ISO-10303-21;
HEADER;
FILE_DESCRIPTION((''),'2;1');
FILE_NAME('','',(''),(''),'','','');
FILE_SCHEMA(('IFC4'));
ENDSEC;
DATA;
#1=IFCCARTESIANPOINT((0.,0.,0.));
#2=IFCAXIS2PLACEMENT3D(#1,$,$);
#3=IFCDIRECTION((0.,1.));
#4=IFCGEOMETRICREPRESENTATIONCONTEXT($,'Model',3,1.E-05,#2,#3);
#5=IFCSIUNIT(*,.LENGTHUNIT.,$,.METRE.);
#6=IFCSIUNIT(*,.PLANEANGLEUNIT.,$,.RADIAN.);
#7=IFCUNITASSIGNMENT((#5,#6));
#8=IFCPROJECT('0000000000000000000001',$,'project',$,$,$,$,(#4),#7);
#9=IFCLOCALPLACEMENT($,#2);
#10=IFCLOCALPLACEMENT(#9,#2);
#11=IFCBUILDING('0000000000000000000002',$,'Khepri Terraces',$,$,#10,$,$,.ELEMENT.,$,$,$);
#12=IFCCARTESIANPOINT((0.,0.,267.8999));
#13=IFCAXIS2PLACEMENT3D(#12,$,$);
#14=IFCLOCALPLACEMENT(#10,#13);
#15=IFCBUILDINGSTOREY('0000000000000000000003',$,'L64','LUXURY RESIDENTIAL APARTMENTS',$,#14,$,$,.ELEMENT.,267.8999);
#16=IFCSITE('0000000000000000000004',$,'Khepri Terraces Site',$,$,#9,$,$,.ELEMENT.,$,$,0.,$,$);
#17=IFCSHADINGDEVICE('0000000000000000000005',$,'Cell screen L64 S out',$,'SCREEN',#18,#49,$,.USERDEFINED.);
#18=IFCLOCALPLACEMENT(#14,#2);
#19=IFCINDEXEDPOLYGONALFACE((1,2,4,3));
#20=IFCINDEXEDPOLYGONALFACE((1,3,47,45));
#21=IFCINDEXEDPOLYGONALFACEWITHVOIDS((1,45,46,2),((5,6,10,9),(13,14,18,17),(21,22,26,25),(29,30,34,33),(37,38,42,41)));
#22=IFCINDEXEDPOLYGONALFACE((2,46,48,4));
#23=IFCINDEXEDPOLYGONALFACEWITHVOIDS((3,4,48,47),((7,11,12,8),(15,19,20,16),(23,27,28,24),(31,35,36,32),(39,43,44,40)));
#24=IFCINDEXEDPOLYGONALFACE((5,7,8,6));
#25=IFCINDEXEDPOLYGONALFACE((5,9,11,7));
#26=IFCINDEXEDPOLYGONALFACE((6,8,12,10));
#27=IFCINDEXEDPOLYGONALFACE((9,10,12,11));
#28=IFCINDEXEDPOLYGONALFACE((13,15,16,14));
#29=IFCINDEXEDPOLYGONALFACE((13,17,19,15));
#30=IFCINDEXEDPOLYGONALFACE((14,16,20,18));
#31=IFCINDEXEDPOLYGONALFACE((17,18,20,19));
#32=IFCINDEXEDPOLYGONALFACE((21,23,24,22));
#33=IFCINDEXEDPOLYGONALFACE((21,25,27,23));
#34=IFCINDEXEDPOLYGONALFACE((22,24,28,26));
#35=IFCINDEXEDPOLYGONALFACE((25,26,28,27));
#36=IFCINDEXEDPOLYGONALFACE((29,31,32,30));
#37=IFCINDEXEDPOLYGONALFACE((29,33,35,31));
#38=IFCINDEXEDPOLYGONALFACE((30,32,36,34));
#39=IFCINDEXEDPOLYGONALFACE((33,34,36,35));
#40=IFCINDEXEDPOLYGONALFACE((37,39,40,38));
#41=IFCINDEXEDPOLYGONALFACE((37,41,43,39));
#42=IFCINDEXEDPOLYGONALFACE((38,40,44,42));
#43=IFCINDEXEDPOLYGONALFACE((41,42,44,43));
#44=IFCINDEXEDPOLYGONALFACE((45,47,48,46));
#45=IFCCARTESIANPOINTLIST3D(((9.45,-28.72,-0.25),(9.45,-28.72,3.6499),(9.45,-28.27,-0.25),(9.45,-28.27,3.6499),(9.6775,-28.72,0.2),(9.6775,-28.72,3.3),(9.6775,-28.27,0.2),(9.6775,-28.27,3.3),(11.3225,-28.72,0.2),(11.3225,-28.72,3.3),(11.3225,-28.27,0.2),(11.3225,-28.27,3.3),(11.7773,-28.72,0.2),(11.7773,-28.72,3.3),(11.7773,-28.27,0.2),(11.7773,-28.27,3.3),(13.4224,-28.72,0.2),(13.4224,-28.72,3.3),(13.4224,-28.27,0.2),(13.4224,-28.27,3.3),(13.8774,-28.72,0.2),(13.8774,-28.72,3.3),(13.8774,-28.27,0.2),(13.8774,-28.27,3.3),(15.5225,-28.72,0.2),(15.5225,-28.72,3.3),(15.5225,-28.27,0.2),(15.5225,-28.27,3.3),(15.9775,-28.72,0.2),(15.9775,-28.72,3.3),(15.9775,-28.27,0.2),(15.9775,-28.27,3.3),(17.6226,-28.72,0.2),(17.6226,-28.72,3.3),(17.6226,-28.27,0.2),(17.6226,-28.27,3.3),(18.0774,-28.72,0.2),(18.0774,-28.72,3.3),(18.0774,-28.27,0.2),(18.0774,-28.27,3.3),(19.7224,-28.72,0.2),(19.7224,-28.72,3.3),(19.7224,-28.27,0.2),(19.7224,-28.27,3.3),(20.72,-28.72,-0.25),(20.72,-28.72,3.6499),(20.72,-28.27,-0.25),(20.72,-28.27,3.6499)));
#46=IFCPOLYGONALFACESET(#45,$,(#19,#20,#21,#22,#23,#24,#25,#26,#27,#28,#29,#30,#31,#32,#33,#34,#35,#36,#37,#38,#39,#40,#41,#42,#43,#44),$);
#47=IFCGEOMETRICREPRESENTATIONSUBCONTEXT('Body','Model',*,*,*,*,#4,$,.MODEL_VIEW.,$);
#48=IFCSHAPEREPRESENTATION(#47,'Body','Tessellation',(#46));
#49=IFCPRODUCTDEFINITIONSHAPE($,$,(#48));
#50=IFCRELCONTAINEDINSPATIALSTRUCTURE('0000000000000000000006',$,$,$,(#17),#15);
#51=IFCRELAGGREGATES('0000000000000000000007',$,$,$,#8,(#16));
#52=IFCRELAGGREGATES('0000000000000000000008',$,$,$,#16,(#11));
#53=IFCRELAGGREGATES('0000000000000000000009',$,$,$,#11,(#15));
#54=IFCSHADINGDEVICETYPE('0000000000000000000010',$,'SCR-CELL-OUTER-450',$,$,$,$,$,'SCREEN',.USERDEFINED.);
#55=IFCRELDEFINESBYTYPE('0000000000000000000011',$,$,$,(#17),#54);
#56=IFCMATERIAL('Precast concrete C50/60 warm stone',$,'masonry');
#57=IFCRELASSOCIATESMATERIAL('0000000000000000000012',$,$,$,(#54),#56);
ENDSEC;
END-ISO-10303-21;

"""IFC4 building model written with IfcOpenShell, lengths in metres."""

from ifc_helpers import new_model, si_unit, direction, frame, origin, place, context, subcontext, project, spatial, polyline, outline, extrude, material, type_object, element, save


model = new_model("IFC4")

# Units and contexts
model_context = context("Model", 3, precision=1e-05, world=origin(), true_north=direction((0.0, 1.0)))
body_context = subcontext(model_context, "Body", "Model", "MODEL_VIEW")
ifc_project = project(units=[si_unit("LENGTHUNIT", "METRE"), si_unit("PLANEANGLEUNIT", "RADIAN")], contexts=[model_context])

# Site, building, storey
site_placement = place(None, origin())
site = spatial("IfcSite", under=ifc_project, at=site_placement, Name="Khepri Terraces Site", CompositionType="ELEMENT", RefElevation=0.0)
building_placement = place(site_placement, origin())
building = spatial("IfcBuilding", under=site, at=building_placement, Name="Khepri Terraces", CompositionType="ELEMENT")
storey_placement = place(building_placement, frame((0.0, 0.0, 267.8999)))
storey = spatial("IfcBuildingStorey", under=building, at=storey_placement, Name="L64", Description="LUXURY RESIDENTIAL APARTMENTS", CompositionType="ELEMENT", Elevation=267.8999)

# Shading device
ifc_material_1 = material(Name="Precast concrete C50/60 warm stone", Category="masonry")
shading_device_type_1 = type_object("IfcShadingDeviceType", Name="SCR-CELL-OUTER-450", ElementType="SCREEN", PredefinedType="USERDEFINED", material=ifc_material_1)
shading_device_1_placement = place(storey_placement, frame((9.45, -28.27, -0.25), z_axis=(0.0, -1.0, 0.0), x_axis=(1.0, 0.0, 0.0)))
element("IfcShadingDevice", 1, at=shading_device_1_placement, inside=storey, type_object=shading_device_type_1, Name="Cell screen L64 S out", ObjectType="SCREEN", PredefinedType="USERDEFINED", context=body_context, shape_type="SweptSolid", body=[
    extrude(outline(polyline([(0.0, 0.0), (11.27, 0.0), (11.27, 3.8999), (0.0, 3.8999), (0.0, 0.0)]), holes=[polyline([(0.2275, 0.45), (1.8726, 0.45), (1.8726, 3.55), (0.2275, 3.55), (0.2275, 0.45)]), polyline([(2.3274, 0.45), (3.9724, 0.45), (3.9724, 3.55), (2.3274, 3.55), (2.3274, 0.45)]), polyline([(4.4275, 0.45), (6.0725, 0.45), (6.0725, 3.55), (4.4275, 3.55), (4.4275, 0.45)]), polyline([(6.5276, 0.45), (8.1726, 0.45), (8.1726, 3.55), (6.5276, 3.55), (6.5276, 0.45)]), polyline([(8.6274, 0.45), (10.2725, 0.45), (10.2725, 3.55), (8.6274, 3.55), (8.6274, 0.45)])]), origin(), (0.0, 0.0, 1.0), 0.45),
])

save(model, "model.ifc")
